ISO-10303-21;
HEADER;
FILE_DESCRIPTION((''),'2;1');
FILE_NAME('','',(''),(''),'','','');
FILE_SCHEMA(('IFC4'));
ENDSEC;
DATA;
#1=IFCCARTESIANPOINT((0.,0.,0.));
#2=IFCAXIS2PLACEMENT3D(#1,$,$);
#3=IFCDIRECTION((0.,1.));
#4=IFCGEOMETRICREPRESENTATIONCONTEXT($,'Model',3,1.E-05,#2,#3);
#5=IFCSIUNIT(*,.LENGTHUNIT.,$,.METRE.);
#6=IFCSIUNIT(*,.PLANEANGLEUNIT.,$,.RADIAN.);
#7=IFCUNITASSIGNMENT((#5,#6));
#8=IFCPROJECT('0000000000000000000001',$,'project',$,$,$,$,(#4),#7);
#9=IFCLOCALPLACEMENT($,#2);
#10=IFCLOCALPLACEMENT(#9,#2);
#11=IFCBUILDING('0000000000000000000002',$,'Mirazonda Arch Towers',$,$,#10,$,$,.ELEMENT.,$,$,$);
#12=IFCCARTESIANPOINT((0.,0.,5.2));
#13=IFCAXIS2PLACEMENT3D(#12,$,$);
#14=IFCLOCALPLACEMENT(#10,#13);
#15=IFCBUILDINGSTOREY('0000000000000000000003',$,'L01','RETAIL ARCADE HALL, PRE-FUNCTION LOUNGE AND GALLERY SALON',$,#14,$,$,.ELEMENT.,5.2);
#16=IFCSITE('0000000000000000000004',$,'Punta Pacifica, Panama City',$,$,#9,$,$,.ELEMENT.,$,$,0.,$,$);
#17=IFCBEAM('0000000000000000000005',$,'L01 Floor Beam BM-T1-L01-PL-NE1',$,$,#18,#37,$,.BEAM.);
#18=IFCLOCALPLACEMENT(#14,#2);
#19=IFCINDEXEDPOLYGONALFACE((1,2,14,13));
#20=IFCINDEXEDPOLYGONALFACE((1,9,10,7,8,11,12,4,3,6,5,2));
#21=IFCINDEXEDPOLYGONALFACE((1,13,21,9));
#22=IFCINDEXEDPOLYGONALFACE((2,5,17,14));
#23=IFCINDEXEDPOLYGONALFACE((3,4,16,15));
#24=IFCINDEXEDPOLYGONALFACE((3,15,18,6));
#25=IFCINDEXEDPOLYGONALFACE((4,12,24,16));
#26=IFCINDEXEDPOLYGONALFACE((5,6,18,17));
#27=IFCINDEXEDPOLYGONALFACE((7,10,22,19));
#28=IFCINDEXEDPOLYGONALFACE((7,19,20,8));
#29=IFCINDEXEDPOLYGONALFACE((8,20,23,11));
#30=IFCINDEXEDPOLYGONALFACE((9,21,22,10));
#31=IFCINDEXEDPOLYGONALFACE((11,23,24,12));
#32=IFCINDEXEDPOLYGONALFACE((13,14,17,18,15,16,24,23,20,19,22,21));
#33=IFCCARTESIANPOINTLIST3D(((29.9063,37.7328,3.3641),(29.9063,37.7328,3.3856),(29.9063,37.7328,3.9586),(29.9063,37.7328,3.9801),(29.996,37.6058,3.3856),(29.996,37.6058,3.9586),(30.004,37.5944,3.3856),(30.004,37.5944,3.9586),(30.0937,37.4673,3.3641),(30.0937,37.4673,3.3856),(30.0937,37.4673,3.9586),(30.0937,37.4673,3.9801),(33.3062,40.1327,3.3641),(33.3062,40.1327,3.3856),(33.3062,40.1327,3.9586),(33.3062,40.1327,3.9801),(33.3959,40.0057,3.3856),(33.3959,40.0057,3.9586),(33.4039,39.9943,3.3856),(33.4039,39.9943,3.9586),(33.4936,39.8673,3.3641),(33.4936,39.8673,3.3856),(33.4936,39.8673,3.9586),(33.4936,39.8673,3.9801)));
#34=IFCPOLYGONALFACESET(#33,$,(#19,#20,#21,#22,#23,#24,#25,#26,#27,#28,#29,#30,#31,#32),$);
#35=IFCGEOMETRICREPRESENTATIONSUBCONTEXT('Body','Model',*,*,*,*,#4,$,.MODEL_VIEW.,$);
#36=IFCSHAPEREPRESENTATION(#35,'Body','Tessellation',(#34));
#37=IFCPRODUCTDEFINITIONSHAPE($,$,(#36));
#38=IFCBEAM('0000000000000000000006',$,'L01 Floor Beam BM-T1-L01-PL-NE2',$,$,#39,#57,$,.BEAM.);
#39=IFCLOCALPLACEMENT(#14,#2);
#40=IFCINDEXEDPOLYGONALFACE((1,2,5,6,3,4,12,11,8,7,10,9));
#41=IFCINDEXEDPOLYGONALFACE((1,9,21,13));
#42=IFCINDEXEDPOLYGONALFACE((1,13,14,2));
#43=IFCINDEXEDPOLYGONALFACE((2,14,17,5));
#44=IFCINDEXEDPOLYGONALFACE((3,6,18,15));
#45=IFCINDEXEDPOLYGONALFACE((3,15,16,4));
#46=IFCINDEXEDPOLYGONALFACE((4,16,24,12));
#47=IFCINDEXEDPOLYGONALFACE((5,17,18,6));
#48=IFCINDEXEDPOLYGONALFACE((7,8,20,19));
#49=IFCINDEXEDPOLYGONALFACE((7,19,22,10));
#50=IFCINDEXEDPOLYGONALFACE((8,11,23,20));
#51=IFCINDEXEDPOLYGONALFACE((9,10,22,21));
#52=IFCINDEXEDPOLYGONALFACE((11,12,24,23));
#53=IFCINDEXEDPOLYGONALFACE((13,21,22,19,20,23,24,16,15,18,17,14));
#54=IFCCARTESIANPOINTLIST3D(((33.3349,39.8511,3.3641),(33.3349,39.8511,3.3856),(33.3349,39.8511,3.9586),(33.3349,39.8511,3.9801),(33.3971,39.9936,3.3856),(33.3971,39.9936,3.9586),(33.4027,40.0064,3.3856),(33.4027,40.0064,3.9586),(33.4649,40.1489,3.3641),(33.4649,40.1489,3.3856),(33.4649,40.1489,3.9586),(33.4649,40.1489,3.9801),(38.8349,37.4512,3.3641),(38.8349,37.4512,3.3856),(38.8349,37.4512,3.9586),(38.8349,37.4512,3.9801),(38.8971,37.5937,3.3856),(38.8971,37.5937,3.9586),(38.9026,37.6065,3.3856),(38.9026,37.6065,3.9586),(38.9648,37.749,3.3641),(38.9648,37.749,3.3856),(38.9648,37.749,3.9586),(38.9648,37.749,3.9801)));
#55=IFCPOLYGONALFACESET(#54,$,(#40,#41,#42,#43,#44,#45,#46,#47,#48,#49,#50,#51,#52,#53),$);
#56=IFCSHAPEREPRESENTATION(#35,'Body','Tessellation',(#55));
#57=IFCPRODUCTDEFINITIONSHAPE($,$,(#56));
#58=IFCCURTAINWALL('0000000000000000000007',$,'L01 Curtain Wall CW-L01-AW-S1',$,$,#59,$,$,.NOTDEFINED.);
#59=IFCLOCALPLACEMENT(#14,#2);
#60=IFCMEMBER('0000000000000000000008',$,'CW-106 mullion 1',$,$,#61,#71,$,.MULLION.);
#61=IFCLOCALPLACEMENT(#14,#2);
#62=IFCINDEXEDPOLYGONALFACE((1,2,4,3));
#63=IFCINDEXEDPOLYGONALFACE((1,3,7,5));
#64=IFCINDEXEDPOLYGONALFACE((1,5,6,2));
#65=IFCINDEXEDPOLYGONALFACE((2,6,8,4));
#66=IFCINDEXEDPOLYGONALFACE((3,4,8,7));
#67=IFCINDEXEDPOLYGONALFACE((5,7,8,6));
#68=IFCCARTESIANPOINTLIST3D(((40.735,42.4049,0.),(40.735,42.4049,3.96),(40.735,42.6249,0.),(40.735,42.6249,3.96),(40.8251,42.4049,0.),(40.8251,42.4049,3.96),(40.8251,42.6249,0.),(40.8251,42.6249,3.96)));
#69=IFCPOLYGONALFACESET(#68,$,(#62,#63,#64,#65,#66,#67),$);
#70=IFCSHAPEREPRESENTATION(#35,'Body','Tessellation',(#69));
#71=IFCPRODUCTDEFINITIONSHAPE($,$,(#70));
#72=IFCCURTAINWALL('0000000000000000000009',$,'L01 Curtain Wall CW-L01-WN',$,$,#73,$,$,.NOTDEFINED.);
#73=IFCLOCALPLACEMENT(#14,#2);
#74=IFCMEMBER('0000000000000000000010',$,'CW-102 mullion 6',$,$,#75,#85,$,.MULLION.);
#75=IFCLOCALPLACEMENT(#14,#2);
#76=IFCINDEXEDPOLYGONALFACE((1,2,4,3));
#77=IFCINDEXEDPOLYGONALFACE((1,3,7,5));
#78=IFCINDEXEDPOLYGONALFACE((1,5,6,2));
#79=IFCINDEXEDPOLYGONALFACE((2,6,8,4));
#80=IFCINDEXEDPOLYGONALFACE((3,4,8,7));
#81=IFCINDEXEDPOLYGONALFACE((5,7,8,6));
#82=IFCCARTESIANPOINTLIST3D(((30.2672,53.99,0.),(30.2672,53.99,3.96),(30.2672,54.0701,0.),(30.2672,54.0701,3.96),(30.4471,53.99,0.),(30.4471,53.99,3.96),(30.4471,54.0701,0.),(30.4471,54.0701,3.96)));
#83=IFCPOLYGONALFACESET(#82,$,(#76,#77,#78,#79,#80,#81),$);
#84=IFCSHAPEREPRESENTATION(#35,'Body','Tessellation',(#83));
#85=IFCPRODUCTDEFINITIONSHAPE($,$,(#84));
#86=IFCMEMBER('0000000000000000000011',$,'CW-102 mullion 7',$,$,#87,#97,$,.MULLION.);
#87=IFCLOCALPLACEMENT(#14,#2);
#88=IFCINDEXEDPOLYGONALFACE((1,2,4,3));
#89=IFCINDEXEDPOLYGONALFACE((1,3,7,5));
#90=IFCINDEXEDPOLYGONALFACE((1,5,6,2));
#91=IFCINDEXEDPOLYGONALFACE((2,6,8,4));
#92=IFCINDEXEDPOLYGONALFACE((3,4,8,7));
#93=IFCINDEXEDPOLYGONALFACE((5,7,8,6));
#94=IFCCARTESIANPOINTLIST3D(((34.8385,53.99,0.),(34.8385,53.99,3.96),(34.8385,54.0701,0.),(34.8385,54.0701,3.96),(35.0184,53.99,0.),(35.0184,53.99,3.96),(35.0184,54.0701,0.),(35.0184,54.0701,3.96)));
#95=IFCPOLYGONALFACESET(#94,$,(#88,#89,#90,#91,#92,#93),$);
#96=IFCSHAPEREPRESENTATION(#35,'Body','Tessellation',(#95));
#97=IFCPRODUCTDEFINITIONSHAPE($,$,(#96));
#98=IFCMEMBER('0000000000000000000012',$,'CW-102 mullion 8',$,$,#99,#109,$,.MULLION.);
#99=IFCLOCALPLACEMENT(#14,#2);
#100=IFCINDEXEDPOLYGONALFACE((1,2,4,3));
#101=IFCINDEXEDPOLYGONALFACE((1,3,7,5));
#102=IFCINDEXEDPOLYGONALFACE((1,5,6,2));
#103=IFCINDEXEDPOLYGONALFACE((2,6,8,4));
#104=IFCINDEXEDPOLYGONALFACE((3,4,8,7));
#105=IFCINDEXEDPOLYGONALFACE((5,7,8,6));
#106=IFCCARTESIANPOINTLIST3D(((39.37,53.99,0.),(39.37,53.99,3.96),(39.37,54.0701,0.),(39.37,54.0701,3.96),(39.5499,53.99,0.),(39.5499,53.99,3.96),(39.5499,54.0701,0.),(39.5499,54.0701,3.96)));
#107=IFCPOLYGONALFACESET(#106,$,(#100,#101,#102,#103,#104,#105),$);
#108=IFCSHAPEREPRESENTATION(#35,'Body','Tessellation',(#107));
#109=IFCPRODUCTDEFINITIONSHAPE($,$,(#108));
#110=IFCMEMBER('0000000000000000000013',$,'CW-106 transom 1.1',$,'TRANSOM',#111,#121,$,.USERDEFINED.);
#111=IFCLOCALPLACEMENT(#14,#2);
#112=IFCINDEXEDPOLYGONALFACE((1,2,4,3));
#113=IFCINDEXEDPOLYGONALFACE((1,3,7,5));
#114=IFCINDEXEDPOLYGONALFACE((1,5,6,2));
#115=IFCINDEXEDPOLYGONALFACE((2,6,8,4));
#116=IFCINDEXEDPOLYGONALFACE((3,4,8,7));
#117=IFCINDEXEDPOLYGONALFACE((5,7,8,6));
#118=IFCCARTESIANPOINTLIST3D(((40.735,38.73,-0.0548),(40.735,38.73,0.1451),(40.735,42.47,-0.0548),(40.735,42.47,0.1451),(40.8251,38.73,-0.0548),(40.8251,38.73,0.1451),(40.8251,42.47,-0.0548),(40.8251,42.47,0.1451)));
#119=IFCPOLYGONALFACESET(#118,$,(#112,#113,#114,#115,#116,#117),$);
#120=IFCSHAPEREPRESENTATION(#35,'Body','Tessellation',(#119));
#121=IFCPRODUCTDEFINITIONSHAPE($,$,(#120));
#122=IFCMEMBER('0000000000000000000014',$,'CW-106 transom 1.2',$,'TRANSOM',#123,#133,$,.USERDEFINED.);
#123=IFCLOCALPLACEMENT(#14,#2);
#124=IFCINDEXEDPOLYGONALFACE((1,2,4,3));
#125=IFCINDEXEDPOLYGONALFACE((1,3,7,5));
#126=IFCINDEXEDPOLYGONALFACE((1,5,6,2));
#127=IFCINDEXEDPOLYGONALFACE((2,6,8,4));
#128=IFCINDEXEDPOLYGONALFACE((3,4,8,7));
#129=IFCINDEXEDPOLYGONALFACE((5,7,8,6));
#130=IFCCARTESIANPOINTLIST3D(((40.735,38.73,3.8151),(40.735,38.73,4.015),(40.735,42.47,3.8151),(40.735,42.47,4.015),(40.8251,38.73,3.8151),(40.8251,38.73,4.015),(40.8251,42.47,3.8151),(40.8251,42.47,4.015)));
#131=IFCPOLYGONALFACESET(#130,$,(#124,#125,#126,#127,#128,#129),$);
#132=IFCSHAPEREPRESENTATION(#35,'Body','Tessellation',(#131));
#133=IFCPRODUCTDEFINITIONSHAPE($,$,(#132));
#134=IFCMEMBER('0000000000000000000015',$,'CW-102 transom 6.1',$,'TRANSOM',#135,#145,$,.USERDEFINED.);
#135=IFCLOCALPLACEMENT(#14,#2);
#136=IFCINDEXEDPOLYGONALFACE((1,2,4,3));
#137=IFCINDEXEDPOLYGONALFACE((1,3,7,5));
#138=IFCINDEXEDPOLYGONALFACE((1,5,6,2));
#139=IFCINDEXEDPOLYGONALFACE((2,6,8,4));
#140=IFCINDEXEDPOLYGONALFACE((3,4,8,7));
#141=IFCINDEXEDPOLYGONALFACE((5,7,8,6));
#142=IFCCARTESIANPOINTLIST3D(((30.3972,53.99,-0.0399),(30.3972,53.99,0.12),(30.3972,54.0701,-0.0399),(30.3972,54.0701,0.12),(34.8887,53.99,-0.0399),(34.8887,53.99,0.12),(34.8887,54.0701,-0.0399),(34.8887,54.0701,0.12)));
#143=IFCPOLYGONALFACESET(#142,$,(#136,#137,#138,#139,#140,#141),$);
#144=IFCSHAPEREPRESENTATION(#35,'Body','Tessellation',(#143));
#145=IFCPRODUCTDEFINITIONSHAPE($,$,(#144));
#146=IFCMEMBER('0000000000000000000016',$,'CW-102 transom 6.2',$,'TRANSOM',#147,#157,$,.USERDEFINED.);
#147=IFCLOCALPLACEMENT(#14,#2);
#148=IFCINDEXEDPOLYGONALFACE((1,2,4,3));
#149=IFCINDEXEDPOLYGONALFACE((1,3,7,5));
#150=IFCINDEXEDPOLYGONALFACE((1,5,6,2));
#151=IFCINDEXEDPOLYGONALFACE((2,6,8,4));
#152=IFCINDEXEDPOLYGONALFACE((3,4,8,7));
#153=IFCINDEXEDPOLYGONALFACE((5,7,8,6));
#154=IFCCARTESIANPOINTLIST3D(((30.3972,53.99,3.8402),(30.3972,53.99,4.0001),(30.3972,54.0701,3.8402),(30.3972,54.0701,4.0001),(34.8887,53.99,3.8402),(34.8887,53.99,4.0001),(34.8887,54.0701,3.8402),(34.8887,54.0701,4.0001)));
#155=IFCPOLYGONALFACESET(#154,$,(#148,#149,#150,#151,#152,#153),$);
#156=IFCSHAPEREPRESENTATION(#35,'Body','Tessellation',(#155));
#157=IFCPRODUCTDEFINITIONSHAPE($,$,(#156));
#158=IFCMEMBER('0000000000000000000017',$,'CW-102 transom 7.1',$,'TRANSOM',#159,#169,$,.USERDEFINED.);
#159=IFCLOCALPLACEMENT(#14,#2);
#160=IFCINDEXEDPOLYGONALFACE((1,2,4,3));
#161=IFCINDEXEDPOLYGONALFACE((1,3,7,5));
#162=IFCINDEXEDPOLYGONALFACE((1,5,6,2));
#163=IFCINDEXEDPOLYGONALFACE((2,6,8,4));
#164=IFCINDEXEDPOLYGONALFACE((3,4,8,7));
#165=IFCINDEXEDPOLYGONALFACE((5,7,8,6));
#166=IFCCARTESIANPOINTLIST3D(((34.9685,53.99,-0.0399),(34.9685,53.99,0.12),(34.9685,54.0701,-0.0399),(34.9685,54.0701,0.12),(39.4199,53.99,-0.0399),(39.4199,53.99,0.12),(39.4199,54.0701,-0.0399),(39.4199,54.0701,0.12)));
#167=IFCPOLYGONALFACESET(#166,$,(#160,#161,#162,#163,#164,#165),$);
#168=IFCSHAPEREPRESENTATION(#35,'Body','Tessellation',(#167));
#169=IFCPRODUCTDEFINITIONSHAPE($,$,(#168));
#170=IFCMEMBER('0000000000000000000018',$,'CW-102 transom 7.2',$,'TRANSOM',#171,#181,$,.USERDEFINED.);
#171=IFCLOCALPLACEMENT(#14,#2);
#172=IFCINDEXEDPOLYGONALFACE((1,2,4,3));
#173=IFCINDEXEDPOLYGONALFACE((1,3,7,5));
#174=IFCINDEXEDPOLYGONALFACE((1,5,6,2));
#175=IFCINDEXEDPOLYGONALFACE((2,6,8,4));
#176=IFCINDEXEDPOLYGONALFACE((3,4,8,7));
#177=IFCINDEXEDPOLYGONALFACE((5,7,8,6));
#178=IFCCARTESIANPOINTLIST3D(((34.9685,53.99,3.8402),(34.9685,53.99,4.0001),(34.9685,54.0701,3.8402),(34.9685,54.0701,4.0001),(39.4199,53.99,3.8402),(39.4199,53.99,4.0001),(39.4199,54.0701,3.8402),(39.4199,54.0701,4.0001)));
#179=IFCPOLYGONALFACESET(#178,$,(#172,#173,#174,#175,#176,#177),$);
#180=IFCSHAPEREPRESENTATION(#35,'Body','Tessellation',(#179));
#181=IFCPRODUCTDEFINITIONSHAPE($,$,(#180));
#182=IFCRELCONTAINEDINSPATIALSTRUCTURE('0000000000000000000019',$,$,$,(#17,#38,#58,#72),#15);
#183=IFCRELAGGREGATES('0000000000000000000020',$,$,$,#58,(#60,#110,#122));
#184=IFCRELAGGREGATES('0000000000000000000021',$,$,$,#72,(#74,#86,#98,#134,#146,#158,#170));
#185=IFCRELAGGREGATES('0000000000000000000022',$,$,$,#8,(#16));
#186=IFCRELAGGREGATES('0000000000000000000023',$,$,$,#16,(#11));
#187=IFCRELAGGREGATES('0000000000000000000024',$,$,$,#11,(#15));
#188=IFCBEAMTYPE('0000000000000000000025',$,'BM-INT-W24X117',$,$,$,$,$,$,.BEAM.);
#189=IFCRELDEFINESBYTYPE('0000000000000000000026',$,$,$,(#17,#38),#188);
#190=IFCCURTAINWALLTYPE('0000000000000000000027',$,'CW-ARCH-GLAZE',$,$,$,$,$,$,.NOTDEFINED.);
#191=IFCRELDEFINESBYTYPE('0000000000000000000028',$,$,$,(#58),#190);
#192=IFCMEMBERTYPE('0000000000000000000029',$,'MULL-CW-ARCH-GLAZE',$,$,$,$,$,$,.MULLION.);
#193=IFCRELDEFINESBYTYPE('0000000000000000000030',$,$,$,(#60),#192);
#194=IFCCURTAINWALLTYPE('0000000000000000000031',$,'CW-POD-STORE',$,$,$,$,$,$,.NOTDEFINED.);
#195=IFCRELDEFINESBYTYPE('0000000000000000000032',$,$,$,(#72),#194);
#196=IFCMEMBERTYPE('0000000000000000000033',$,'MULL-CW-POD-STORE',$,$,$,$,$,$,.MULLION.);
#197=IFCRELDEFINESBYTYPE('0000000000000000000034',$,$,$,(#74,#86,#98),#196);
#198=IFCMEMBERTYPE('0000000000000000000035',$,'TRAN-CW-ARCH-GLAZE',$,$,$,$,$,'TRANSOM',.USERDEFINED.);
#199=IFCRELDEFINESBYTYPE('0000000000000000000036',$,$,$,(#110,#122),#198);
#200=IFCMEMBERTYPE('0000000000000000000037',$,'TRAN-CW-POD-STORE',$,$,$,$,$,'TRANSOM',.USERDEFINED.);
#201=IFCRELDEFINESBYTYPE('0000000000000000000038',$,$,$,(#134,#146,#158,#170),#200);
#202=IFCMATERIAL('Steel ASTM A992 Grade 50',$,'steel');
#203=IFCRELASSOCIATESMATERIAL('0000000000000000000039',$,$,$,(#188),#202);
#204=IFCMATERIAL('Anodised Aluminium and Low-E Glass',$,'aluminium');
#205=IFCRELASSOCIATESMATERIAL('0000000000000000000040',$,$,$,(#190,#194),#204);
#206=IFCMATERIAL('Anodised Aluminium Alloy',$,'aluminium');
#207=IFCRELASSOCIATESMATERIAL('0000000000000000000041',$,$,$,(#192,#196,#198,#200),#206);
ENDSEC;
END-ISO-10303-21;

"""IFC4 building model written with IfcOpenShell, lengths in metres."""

from ifc_helpers import new_model, si_unit, direction, frame, origin, origin_2d, place, context, subcontext, project, spatial, rectangle, i_section, extrude, material, material_profile, profile_set, type_object, element, aggregate, save


model = new_model("IFC4")

# Units and contexts
model_context = context("Model", 3, precision=1e-05, world=origin(), true_north=direction((0.0, 1.0)))
body_context = subcontext(model_context, "Body", "Model", "MODEL_VIEW")
ifc_project = project(units=[si_unit("LENGTHUNIT", "METRE"), si_unit("PLANEANGLEUNIT", "RADIAN")], contexts=[model_context])

# Site, building, storey
site_placement = place(None, origin())
site = spatial("IfcSite", under=ifc_project, at=site_placement, Name="Punta Pacifica, Panama City", CompositionType="ELEMENT", RefElevation=0.0)
building_placement = place(site_placement, origin())
building = spatial("IfcBuilding", under=site, at=building_placement, Name="Mirazonda Arch Towers", CompositionType="ELEMENT")
storey_placement = place(building_placement, frame((0.0, 0.0, 5.2)))
storey = spatial("IfcBuildingStorey", under=building, at=storey_placement, Name="L01", Description="RETAIL ARCADE HALL, PRE-FUNCTION LOUNGE AND GALLERY SALON", CompositionType="ELEMENT", Elevation=5.2)

# Beams
ifc_material_1 = material(Name="Steel ASTM A992 Grade 50", Category="steel")
ifc_material_profile_1 = material_profile(ifc_material_1, i_section(OverallWidth=0.325, OverallDepth=0.616, WebThickness=0.0139, FlangeThickness=0.0215, at=origin_2d()), Name="W24X117")
ifc_profile_set_1 = profile_set([ifc_material_profile_1], Name="Steel ASTM A992 Grade 50")
beam_type = type_object("IfcBeamType", Name="BM-INT-W24X117", PredefinedType="BEAM", material=ifc_profile_set_1)
beam_1_placement = place(storey_placement, frame((33.3999, 40.0, 3.6721), z_axis=(-0.816971, -0.576679, 0.0), x_axis=(0.576679, -0.816971, 0.0)))
element("IfcBeam", 1, at=beam_1_placement, inside=storey, type_object=beam_type, Name="L01 Floor Beam BM-T1-L01-PL-NE1", PredefinedType="BEAM", context=body_context, shape_type="SweptSolid", body=[
    extrude(i_section(OverallWidth=0.325, OverallDepth=0.616, WebThickness=0.0139, FlangeThickness=0.0215, at=origin_2d()), origin(), (0.0, 0.0, 1.0), 4.1616),
])
beam_2_placement = place(storey_placement, frame((33.3999, 40.0, 3.6721), z_axis=(0.916545, -0.399931, 0.0), x_axis=(0.399931, 0.916545, 0.0)))
element("IfcBeam", 2, at=beam_2_placement, inside=storey, type_object=beam_type, Name="L01 Floor Beam BM-T1-L01-PL-NE2", PredefinedType="BEAM", context=body_context, shape_type="SweptSolid", body=[
    extrude(i_section(OverallWidth=0.325, OverallDepth=0.616, WebThickness=0.0139, FlangeThickness=0.0215, at=origin_2d()), origin(), (0.0, 0.0, 1.0), 6.0007),
])

# Curtain wall, member
ifc_material_2 = material(Name="Anodised Aluminium and Low-E Glass", Category="aluminium")
curtain_wall_type_1 = type_object("IfcCurtainWallType", Name="CW-ARCH-GLAZE", PredefinedType="NOTDEFINED", material=ifc_material_2)
curtain_wall_1_placement = place(storey_placement, origin())
curtain_wall_1 = element("IfcCurtainWall", 3, at=curtain_wall_1_placement, inside=storey, type_object=curtain_wall_type_1, Name="L01 Curtain Wall CW-L01-AW-S1", PredefinedType="NOTDEFINED")
ifc_material_3 = material(Name="Anodised Aluminium Alloy", Category="aluminium")
ifc_material_profile_2 = material_profile(ifc_material_3, rectangle(XDim=0.0901, YDim=0.22, at=origin_2d()), Name="ALU-MULL-90x220")
ifc_profile_set_2 = profile_set([ifc_material_profile_2], Name="Anodised Aluminium Alloy")
member_type_1 = type_object("IfcMemberType", Name="MULL-CW-ARCH-GLAZE", PredefinedType="MULLION", material=ifc_profile_set_2)
member_1_placement = place(storey_placement, frame((40.78, 42.5149, 0.0), z_axis=(0.0, 0.0, 1.0), x_axis=(1.0, 0.0, 0.0)))
member_1 = element("IfcMember", 4, at=member_1_placement, type_object=member_type_1, Name="CW-106 mullion 1", PredefinedType="MULLION", context=body_context, shape_type="SweptSolid", body=[
    extrude(rectangle(XDim=0.0901, YDim=0.22, at=origin_2d()), origin(), (0.0, 0.0, 1.0), 3.96),
])

# Curtain wall, members
curtain_wall_type_2 = type_object("IfcCurtainWallType", Name="CW-POD-STORE", PredefinedType="NOTDEFINED", material=ifc_material_2)
curtain_wall_2_placement = place(storey_placement, origin())
curtain_wall_2 = element("IfcCurtainWall", 5, at=curtain_wall_2_placement, inside=storey, type_object=curtain_wall_type_2, Name="L01 Curtain Wall CW-L01-WN", PredefinedType="NOTDEFINED")
ifc_material_profile_3 = material_profile(ifc_material_3, rectangle(XDim=0.0801, YDim=0.1799, at=origin_2d()), Name="ALU-MULL-80x180")
ifc_profile_set_3 = profile_set([ifc_material_profile_3], Name="Anodised Aluminium Alloy")
member_type_2 = type_object("IfcMemberType", Name="MULL-CW-POD-STORE", PredefinedType="MULLION", material=ifc_profile_set_3)
member_2_placement = place(storey_placement, frame((30.3572, 54.03, 0.0), z_axis=(0.0, 0.0, 1.0), x_axis=(0.0, 1.0, 0.0)))
member_2 = element("IfcMember", 6, at=member_2_placement, type_object=member_type_2, Name="CW-102 mullion 6", PredefinedType="MULLION", context=body_context, shape_type="SweptSolid", body=[
    extrude(rectangle(XDim=0.0801, YDim=0.1799, at=origin_2d()), origin(), (0.0, 0.0, 1.0), 3.96),
])
member_3_placement = place(storey_placement, frame((34.9285, 54.03, 0.0), z_axis=(0.0, 0.0, 1.0), x_axis=(0.0, 1.0, 0.0)))
member_3 = element("IfcMember", 7, at=member_3_placement, type_object=member_type_2, Name="CW-102 mullion 7", PredefinedType="MULLION", context=body_context, shape_type="SweptSolid", body=[
    extrude(rectangle(XDim=0.0801, YDim=0.1799, at=origin_2d()), origin(), (0.0, 0.0, 1.0), 3.96),
])
member_4_placement = place(storey_placement, frame((39.46, 54.03, 0.0), z_axis=(0.0, 0.0, 1.0), x_axis=(0.0, 1.0, 0.0)))
member_4 = element("IfcMember", 8, at=member_4_placement, type_object=member_type_2, Name="CW-102 mullion 8", PredefinedType="MULLION", context=body_context, shape_type="SweptSolid", body=[
    extrude(rectangle(XDim=0.0801, YDim=0.1799, at=origin_2d()), origin(), (0.0, 0.0, 1.0), 3.96),
])

# Members
ifc_material_profile_4 = material_profile(ifc_material_3, rectangle(XDim=0.0901, YDim=0.2, at=origin_2d()), Name="ALU-TRAN-90x200")
ifc_profile_set_4 = profile_set([ifc_material_profile_4], Name="Anodised Aluminium Alloy")
member_type_3 = type_object("IfcMemberType", Name="TRAN-CW-ARCH-GLAZE", ElementType="TRANSOM", PredefinedType="USERDEFINED", material=ifc_profile_set_4)
member_5_placement = place(storey_placement, frame((40.78, 42.47, 0.0452), z_axis=(0.0, -1.0, 0.0), x_axis=(1.0, 0.0, 0.0)))
member_5 = element("IfcMember", 9, at=member_5_placement, type_object=member_type_3, Name="CW-106 transom 1.1", ObjectType="TRANSOM", PredefinedType="USERDEFINED", context=body_context, shape_type="SweptSolid", body=[
    extrude(rectangle(XDim=0.0901, YDim=0.2, at=origin_2d()), origin(), (0.0, 0.0, 1.0), 3.74),
])
member_6_placement = place(storey_placement, frame((40.78, 42.47, 3.915), z_axis=(0.0, -1.0, 0.0), x_axis=(1.0, 0.0, 0.0)))
member_6 = element("IfcMember", 10, at=member_6_placement, type_object=member_type_3, Name="CW-106 transom 1.2", ObjectType="TRANSOM", PredefinedType="USERDEFINED", context=body_context, shape_type="SweptSolid", body=[
    extrude(rectangle(XDim=0.0901, YDim=0.2, at=origin_2d()), origin(), (0.0, 0.0, 1.0), 3.74),
])
ifc_material_profile_5 = material_profile(ifc_material_3, rectangle(XDim=0.0801, YDim=0.1599, at=origin_2d()), Name="ALU-TRAN-80x160")
ifc_profile_set_5 = profile_set([ifc_material_profile_5], Name="Anodised Aluminium Alloy")
member_type_4 = type_object("IfcMemberType", Name="TRAN-CW-POD-STORE", ElementType="TRANSOM", PredefinedType="USERDEFINED", material=ifc_profile_set_5)
member_7_placement = place(storey_placement, frame((30.3972, 54.03, 0.04), z_axis=(1.0, 0.0, 0.0), x_axis=(0.0, 1.0, 0.0)))
member_7 = element("IfcMember", 11, at=member_7_placement, type_object=member_type_4, Name="CW-102 transom 6.1", ObjectType="TRANSOM", PredefinedType="USERDEFINED", context=body_context, shape_type="SweptSolid", body=[
    extrude(rectangle(XDim=0.0801, YDim=0.1599, at=origin_2d()), origin(), (0.0, 0.0, 1.0), 4.4915),
])
member_8_placement = place(storey_placement, frame((30.3972, 54.03, 3.9202), z_axis=(1.0, 0.0, 0.0), x_axis=(0.0, 1.0, 0.0)))
member_8 = element("IfcMember", 12, at=member_8_placement, type_object=member_type_4, Name="CW-102 transom 6.2", ObjectType="TRANSOM", PredefinedType="USERDEFINED", context=body_context, shape_type="SweptSolid", body=[
    extrude(rectangle(XDim=0.0801, YDim=0.1599, at=origin_2d()), origin(), (0.0, 0.0, 1.0), 4.4915),
])
member_9_placement = place(storey_placement, frame((34.9685, 54.03, 0.04), z_axis=(1.0, 0.0, 0.0), x_axis=(0.0, 1.0, 0.0)))
member_9 = element("IfcMember", 13, at=member_9_placement, type_object=member_type_4, Name="CW-102 transom 7.1", ObjectType="TRANSOM", PredefinedType="USERDEFINED", context=body_context, shape_type="SweptSolid", body=[
    extrude(rectangle(XDim=0.0801, YDim=0.1599, at=origin_2d()), origin(), (0.0, 0.0, 1.0), 4.4514),
])
member_10_placement = place(storey_placement, frame((34.9685, 54.03, 3.9202), z_axis=(1.0, 0.0, 0.0), x_axis=(0.0, 1.0, 0.0)))
member_10 = element("IfcMember", 14, at=member_10_placement, type_object=member_type_4, Name="CW-102 transom 7.2", ObjectType="TRANSOM", PredefinedType="USERDEFINED", context=body_context, shape_type="SweptSolid", body=[
    extrude(rectangle(XDim=0.0801, YDim=0.1599, at=origin_2d()), origin(), (0.0, 0.0, 1.0), 4.4514),
])

aggregate(curtain_wall_1, [member_1, member_5, member_6])
aggregate(curtain_wall_2, [member_2, member_3, member_4, member_7, member_8, member_9, member_10])

save(model, "model.ifc")
